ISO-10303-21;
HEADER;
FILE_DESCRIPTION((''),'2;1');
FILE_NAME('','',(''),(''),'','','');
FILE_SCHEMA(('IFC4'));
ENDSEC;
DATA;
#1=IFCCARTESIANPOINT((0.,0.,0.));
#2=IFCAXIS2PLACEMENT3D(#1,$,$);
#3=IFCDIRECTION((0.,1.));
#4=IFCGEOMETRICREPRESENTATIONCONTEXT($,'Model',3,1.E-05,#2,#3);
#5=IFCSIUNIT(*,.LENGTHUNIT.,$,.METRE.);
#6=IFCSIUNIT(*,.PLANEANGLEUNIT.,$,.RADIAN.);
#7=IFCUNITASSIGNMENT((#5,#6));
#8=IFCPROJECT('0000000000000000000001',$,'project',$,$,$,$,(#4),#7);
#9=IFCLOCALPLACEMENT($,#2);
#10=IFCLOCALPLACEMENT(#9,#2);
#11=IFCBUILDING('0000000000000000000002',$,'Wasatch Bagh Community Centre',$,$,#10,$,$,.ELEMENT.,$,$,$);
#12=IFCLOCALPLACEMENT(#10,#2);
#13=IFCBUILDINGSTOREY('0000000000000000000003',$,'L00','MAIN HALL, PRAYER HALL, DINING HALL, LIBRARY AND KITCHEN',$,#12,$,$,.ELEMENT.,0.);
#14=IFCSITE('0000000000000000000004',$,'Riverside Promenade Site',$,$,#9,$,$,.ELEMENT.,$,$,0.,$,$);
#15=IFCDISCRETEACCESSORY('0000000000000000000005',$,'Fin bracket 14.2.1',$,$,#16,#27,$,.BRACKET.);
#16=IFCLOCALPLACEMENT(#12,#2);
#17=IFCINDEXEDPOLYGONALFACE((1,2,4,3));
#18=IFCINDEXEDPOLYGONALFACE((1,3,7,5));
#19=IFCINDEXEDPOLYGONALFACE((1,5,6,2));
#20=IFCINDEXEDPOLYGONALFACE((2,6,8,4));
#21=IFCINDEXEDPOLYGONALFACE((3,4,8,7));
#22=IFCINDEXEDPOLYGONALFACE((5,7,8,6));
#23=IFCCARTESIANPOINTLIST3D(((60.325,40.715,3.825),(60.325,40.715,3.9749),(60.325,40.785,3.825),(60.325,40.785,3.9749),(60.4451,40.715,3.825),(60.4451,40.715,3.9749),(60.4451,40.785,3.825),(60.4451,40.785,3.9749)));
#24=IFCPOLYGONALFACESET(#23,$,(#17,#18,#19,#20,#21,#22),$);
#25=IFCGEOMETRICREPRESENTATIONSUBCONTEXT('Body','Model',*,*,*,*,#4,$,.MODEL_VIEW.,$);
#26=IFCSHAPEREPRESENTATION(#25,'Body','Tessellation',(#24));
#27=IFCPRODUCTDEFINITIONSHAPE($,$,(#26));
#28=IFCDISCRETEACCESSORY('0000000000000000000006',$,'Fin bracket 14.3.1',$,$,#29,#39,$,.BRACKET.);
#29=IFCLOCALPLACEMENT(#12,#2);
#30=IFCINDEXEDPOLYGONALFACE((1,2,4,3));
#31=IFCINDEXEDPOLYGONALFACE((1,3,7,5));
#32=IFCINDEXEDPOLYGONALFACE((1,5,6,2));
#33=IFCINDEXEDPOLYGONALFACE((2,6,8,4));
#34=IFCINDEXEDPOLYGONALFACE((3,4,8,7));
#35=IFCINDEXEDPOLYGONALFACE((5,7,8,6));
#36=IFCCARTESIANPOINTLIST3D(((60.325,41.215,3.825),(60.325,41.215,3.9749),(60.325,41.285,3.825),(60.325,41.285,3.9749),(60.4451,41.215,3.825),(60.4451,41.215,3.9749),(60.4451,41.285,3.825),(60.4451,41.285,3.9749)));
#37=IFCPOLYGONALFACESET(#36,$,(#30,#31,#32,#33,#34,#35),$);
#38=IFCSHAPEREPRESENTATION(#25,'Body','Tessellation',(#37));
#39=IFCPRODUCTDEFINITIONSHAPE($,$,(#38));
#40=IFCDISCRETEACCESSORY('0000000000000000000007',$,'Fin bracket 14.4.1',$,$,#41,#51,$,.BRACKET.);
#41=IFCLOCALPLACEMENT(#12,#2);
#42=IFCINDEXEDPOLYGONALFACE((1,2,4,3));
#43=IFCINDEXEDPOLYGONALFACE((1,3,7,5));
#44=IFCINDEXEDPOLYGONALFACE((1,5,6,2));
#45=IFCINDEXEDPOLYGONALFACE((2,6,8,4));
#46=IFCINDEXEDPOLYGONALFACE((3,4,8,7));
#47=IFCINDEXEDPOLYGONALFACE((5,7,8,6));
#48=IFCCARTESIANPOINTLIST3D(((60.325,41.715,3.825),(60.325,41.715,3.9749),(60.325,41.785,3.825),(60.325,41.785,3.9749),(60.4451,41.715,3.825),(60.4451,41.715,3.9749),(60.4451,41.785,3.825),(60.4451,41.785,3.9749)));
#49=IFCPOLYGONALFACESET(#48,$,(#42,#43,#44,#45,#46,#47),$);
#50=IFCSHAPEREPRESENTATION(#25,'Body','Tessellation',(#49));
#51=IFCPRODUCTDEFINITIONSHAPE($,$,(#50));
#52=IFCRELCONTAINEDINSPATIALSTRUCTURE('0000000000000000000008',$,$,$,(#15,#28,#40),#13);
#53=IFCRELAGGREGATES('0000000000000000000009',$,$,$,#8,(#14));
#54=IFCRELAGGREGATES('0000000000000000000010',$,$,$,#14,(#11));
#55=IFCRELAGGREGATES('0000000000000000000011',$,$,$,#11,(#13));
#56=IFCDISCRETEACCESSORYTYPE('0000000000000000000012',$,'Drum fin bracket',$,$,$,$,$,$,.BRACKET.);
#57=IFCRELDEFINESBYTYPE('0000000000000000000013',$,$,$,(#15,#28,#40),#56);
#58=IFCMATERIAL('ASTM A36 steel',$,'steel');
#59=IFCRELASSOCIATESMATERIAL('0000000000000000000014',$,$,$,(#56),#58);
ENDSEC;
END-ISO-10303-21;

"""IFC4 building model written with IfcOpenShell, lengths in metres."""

from ifc_helpers import new_model, si_unit, direction, frame, origin, origin_2d, place, context, subcontext, project, spatial, rectangle, extrude, material, type_object, element, save


model = new_model("IFC4")

# Units and contexts
model_context = context("Model", 3, precision=1e-05, world=origin(), true_north=direction((0.0, 1.0)))
body_context = subcontext(model_context, "Body", "Model", "MODEL_VIEW")
ifc_project = project(units=[si_unit("LENGTHUNIT", "METRE"), si_unit("PLANEANGLEUNIT", "RADIAN")], contexts=[model_context])

# Site, building, storey
site_placement = place(None, origin())
site = spatial("IfcSite", under=ifc_project, at=site_placement, Name="Riverside Promenade Site", CompositionType="ELEMENT", RefElevation=0.0)
building_placement = place(site_placement, origin())
building = spatial("IfcBuilding", under=site, at=building_placement, Name="Wasatch Bagh Community Centre", CompositionType="ELEMENT")
storey_placement = place(building_placement, origin())
storey = spatial("IfcBuildingStorey", under=building, at=storey_placement, Name="L00", Description="MAIN HALL, PRAYER HALL, DINING HALL, LIBRARY AND KITCHEN", CompositionType="ELEMENT", Elevation=0.0)

# Discrete accessories
ifc_material_1 = material(Name="ASTM A36 steel", Category="steel")
discrete_accessory_type = type_object("IfcDiscreteAccessoryType", Name="Drum fin bracket", PredefinedType="BRACKET", material=ifc_material_1)
for number, where, z_axis, x_axis, name in (
    (1, (60.385, 40.75, 3.825), (0.0, 0.0, 1.0), (0.0, 1.0, 0.0), "Fin bracket 14.2.1"),
    (2, (60.385, 41.25, 3.825), (0.0, 0.0, 1.0), (0.0, 1.0, 0.0), "Fin bracket 14.3.1"),
    (3, (60.385, 41.75, 3.825), (0.0, 0.0, 1.0), (0.0, 1.0, 0.0), "Fin bracket 14.4.1"),
):
    element("IfcDiscreteAccessory", number, at=place(storey_placement, frame(where, z_axis=z_axis, x_axis=x_axis)), inside=storey, type_object=discrete_accessory_type, Name=name, PredefinedType="BRACKET", context=body_context, shape_type="SweptSolid", body=[
        extrude(rectangle(XDim=0.0701, YDim=0.1201, at=origin_2d()), origin(), (0.0, 0.0, 1.0), 0.1499),
    ])

save(model, "model.ifc")
